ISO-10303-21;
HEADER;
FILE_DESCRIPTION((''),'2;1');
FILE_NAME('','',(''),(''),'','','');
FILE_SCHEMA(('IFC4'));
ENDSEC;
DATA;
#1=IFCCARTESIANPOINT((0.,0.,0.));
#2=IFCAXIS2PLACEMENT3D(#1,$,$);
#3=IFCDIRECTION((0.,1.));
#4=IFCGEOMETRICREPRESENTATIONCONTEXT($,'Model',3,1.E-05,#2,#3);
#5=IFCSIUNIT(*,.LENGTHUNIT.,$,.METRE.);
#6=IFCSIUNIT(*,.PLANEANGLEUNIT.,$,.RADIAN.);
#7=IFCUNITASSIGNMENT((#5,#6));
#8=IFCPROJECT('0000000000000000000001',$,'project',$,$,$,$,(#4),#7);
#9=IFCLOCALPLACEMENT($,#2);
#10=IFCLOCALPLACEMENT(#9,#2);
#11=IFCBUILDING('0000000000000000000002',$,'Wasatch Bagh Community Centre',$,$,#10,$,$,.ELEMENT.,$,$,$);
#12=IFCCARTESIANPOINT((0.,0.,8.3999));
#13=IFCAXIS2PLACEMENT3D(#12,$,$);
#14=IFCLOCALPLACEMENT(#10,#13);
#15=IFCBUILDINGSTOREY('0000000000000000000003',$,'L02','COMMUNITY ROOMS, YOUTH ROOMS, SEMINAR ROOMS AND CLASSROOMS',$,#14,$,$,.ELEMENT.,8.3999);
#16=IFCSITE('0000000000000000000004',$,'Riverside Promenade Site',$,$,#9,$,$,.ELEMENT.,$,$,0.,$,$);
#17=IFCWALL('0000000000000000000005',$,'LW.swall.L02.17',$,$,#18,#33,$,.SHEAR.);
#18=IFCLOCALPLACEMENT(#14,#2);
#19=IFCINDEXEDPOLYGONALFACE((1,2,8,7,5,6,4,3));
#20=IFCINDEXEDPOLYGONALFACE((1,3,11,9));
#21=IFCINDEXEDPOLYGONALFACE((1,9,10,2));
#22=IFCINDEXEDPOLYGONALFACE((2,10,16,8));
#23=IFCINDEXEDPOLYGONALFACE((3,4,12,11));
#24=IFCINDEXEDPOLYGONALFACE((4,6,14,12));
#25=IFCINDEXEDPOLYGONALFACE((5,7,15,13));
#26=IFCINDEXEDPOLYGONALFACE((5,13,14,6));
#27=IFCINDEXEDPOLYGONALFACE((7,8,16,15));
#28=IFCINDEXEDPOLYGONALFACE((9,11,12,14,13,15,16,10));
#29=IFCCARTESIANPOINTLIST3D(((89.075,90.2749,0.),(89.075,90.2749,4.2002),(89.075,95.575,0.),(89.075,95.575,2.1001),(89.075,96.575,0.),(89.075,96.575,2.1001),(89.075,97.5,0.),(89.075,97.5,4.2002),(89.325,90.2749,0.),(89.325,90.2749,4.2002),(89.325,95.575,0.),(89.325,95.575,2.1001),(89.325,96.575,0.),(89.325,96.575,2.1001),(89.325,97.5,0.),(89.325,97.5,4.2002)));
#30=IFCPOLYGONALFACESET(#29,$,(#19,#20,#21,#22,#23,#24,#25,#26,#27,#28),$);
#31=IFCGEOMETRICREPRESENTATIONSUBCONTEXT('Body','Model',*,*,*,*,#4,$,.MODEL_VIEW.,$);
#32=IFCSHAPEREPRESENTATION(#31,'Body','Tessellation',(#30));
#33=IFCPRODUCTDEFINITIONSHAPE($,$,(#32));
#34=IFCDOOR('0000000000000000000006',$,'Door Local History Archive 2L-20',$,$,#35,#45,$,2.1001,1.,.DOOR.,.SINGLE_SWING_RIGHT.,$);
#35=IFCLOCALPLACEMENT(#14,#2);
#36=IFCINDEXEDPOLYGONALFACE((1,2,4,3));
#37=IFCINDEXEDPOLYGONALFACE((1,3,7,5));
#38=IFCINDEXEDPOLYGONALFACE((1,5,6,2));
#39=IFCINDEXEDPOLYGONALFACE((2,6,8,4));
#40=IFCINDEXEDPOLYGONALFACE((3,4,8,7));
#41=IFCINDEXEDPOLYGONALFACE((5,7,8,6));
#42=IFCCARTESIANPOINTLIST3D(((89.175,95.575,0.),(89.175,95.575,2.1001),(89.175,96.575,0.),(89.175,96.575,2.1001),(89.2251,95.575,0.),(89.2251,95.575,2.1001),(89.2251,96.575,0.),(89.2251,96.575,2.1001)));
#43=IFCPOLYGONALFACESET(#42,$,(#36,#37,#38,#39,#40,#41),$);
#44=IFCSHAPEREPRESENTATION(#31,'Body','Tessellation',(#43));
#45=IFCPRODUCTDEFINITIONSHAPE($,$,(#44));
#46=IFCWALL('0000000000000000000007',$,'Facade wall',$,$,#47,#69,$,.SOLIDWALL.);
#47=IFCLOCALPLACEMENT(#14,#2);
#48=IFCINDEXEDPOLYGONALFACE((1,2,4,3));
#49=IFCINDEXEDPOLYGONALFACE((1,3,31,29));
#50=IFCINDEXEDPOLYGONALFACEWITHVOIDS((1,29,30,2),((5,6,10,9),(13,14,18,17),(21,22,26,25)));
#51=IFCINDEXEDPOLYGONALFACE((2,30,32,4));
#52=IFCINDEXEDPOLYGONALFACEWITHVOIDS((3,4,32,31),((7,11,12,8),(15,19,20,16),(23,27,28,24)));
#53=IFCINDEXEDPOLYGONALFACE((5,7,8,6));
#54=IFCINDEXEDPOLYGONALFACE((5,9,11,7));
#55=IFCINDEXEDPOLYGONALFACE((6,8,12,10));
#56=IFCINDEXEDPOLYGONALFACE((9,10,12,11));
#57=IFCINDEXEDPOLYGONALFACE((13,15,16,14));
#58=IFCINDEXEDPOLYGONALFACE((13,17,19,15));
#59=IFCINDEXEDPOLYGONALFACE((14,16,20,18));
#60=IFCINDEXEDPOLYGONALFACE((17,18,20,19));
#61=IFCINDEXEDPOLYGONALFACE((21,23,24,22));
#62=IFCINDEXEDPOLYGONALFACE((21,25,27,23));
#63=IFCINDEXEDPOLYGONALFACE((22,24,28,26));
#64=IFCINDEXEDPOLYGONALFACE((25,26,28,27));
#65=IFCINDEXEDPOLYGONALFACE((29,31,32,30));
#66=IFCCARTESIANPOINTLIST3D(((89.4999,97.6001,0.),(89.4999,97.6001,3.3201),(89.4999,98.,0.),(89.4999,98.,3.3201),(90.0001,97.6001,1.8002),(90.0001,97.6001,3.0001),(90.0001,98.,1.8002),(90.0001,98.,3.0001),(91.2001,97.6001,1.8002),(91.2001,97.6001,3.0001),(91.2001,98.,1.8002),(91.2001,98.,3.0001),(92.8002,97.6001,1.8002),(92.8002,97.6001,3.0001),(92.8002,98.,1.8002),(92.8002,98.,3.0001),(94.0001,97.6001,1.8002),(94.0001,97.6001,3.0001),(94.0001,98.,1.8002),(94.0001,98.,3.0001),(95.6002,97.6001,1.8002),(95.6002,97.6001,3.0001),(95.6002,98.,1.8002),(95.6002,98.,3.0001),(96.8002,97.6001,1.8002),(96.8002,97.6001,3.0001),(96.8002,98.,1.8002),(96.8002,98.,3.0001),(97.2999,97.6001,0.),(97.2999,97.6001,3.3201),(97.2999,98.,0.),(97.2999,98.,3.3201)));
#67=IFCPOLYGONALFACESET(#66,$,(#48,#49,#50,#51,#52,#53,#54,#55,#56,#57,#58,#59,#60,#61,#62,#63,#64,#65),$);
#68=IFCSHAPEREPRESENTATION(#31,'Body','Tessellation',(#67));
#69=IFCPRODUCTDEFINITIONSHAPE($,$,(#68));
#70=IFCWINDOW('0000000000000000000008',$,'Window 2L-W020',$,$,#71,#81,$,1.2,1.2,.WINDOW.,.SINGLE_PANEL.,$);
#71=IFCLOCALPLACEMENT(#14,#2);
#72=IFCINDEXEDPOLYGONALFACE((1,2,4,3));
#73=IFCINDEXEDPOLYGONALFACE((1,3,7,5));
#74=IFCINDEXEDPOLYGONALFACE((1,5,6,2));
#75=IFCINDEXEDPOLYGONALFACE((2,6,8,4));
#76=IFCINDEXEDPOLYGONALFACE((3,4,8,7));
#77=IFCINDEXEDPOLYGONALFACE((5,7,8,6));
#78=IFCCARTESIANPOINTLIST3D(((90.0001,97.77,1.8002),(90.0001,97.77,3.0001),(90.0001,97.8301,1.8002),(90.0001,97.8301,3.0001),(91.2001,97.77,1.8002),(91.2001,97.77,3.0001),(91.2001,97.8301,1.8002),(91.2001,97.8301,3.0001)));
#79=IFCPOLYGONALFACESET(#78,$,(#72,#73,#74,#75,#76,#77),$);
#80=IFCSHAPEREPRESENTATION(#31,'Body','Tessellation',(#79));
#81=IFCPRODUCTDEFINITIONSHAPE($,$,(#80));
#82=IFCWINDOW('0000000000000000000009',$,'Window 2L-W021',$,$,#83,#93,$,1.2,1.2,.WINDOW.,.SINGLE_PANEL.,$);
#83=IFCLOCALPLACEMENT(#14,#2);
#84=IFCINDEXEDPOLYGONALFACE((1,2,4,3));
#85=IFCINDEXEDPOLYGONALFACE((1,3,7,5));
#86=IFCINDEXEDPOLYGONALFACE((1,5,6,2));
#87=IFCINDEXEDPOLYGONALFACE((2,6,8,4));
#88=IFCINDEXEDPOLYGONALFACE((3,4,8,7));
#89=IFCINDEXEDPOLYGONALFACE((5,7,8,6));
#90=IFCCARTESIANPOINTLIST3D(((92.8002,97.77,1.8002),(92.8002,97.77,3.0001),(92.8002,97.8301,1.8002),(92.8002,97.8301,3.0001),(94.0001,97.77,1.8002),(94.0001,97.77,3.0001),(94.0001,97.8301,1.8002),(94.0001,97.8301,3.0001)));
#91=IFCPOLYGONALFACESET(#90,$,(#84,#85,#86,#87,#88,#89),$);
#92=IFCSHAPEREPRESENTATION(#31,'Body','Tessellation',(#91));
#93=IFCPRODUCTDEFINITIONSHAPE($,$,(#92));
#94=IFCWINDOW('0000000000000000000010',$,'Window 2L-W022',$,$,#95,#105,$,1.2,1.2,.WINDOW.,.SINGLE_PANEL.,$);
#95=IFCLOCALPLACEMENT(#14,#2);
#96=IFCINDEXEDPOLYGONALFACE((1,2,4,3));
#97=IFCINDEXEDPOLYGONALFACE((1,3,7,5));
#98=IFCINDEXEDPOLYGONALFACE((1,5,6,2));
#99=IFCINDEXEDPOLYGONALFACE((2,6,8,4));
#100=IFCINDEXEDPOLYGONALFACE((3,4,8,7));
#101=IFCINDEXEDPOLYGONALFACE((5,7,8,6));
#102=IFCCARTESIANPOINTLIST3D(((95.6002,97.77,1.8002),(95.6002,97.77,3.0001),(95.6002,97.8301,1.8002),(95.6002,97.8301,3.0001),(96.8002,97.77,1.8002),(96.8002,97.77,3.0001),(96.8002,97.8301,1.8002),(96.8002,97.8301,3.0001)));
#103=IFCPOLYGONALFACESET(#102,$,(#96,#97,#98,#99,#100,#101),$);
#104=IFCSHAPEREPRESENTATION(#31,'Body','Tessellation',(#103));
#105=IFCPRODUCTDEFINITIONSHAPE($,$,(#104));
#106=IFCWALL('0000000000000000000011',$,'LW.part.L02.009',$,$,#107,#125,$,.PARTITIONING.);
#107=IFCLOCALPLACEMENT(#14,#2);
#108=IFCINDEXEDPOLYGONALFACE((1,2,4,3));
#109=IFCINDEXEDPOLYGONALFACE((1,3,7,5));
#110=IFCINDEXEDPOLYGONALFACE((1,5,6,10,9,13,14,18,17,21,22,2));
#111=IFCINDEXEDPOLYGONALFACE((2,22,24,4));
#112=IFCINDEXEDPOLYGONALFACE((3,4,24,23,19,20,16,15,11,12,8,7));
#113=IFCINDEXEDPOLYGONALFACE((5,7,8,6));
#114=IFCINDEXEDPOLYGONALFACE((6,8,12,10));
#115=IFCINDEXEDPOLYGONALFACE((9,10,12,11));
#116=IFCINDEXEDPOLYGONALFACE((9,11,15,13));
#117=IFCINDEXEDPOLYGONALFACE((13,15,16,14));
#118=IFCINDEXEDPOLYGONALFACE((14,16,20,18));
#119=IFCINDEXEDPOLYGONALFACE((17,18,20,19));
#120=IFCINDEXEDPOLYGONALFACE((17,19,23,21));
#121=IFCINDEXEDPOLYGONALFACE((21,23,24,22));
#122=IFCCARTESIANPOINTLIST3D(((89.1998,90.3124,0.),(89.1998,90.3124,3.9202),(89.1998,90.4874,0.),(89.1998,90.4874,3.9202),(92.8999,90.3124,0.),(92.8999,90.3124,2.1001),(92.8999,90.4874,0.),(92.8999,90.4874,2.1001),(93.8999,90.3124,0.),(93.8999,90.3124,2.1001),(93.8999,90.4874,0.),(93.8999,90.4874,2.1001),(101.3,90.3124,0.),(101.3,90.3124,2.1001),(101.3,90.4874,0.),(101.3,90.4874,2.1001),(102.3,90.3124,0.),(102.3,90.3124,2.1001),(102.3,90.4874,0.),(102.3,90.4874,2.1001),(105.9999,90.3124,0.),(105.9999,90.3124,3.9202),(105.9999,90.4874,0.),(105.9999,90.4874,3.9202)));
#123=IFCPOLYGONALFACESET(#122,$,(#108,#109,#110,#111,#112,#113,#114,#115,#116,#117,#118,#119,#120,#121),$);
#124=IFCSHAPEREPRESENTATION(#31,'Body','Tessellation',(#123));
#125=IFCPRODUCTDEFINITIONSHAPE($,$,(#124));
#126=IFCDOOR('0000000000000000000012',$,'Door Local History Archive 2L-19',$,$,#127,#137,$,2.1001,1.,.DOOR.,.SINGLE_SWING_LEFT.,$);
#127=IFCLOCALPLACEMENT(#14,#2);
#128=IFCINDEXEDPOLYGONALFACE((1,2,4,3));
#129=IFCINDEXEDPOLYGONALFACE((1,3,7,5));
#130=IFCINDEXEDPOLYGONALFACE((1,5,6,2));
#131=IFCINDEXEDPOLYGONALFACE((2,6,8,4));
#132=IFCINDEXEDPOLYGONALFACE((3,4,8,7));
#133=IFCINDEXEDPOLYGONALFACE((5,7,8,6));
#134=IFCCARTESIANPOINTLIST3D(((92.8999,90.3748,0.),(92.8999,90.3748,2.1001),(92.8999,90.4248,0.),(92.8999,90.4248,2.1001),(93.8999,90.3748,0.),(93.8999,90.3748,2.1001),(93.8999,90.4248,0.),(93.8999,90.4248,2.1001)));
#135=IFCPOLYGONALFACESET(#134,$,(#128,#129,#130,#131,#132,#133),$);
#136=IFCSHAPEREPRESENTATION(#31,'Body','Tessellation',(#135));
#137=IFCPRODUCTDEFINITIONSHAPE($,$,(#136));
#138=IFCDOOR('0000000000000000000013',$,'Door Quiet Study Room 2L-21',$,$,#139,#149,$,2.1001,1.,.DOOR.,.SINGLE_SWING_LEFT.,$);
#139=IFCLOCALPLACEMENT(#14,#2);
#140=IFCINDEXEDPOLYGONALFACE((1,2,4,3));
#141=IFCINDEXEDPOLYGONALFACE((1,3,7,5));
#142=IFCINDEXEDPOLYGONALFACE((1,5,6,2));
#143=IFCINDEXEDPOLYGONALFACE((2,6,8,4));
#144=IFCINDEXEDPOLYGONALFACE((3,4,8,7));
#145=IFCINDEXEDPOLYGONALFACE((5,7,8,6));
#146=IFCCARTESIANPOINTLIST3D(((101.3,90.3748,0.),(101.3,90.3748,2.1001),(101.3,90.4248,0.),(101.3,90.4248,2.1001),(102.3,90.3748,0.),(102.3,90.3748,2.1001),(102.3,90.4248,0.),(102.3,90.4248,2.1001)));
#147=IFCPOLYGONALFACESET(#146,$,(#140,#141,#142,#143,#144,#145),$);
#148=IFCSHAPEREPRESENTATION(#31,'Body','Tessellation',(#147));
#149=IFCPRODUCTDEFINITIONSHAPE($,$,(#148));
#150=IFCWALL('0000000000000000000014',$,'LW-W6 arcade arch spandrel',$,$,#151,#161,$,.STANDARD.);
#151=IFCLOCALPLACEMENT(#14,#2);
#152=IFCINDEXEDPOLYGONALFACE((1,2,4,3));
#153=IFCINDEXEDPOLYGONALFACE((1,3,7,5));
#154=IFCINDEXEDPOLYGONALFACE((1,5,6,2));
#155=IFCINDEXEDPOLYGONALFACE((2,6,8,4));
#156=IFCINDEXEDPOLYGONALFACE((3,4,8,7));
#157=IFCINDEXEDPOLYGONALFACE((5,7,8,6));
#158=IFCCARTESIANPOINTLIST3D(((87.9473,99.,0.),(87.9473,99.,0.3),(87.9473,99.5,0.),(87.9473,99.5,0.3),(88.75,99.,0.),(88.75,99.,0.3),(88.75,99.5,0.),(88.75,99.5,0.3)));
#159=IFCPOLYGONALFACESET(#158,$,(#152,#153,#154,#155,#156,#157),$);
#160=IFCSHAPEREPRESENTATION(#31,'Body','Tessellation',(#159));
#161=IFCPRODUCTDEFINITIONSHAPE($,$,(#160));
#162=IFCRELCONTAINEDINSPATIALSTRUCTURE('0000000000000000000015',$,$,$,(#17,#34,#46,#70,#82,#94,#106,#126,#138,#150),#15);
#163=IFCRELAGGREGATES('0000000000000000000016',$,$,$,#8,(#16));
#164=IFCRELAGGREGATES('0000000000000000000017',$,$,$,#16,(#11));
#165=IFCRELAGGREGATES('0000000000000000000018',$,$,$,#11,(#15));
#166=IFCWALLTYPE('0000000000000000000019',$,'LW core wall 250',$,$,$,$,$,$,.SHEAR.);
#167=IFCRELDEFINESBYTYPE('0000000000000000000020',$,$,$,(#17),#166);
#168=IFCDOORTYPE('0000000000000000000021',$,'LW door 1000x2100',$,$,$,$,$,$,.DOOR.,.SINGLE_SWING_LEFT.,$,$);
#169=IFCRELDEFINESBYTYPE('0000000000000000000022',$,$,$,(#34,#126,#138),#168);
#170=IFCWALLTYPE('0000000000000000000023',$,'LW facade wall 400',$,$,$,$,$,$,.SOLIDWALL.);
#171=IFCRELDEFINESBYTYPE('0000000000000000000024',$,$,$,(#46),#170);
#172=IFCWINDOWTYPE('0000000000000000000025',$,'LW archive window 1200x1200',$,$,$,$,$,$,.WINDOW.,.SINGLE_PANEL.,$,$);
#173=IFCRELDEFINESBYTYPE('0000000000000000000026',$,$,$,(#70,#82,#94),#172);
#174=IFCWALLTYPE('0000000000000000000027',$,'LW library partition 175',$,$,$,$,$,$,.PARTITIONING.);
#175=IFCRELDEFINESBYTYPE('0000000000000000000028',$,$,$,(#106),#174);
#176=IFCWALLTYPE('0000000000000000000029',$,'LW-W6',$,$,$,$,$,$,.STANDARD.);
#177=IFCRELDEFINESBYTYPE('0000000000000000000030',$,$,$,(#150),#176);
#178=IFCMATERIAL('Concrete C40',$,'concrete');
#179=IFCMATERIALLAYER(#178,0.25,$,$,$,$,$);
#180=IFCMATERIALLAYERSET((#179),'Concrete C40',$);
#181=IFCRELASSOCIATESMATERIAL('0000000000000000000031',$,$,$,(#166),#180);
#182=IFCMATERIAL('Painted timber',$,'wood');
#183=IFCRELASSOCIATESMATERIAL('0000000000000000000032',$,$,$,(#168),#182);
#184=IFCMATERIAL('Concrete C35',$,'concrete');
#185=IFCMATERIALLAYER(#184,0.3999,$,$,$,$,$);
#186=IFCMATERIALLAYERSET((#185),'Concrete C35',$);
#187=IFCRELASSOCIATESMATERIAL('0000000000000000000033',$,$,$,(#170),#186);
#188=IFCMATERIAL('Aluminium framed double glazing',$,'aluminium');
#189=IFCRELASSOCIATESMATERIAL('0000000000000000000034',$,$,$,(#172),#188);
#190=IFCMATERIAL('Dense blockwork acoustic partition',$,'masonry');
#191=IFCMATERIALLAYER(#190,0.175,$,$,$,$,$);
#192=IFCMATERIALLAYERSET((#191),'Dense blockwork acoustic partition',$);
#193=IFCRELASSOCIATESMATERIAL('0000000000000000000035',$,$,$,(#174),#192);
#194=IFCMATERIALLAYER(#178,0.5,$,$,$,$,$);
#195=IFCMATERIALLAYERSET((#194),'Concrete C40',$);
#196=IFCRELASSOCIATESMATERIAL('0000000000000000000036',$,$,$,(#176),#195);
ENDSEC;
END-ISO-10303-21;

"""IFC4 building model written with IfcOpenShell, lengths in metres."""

from ifc_helpers import new_model, si_unit, direction, frame, frame_2d, origin, place, context, subcontext, project, spatial, rectangle, extrude, material, layer, layer_set, type_object, element, fill, save


model = new_model("IFC4")

# Units and contexts
model_context = context("Model", 3, precision=1e-05, world=origin(), true_north=direction((0.0, 1.0)))
body_context = subcontext(model_context, "Body", "Model", "MODEL_VIEW")
ifc_project = project(units=[si_unit("LENGTHUNIT", "METRE"), si_unit("PLANEANGLEUNIT", "RADIAN")], contexts=[model_context])

# Site, building, storey
site_placement = place(None, origin())
site = spatial("IfcSite", under=ifc_project, at=site_placement, Name="Riverside Promenade Site", CompositionType="ELEMENT", RefElevation=0.0)
building_placement = place(site_placement, origin())
building = spatial("IfcBuilding", under=site, at=building_placement, Name="Wasatch Bagh Community Centre", CompositionType="ELEMENT")
storey_placement = place(building_placement, frame((0.0, 0.0, 8.3999)))
storey = spatial("IfcBuildingStorey", under=building, at=storey_placement, Name="L02", Description="COMMUNITY ROOMS, YOUTH ROOMS, SEMINAR ROOMS AND CLASSROOMS", CompositionType="ELEMENT", Elevation=8.3999)

# Shared definitions
ifc_material_1 = material(Name="Concrete C40", Category="concrete")

# Shared definitions
ifc_material_2 = material(Name="Concrete C35", Category="concrete")

# Wall, opening, door
ifc_layer_1 = layer(ifc_material_1, 0.25)
ifc_layer_set_1 = layer_set([ifc_layer_1], Name="Concrete C40")
wall_type_1 = type_object("IfcWallType", Name="LW core wall 250", PredefinedType="SHEAR", material=ifc_layer_set_1)
wall_1_placement = place(storey_placement, frame((89.2, 90.2749, 0.0), z_axis=(0.0, 0.0, 1.0), x_axis=(0.0, 1.0, 0.0)))
wall_1 = element("IfcWall", 1, at=wall_1_placement, inside=storey, type_object=wall_type_1, Name="LW.swall.L02.17", PredefinedType="SHEAR", context=body_context, shape_type="SweptSolid", body=[
    extrude(rectangle(XDim=7.2251, YDim=0.25, at=frame_2d((3.6125, 0.0))), origin(), (0.0, 0.0, 1.0), 4.2002),
])
opening_1_placement = place(wall_1_placement, frame((5.3, 0.0, 0.0)))
opening_1 = element("IfcOpeningElement", 2, at=opening_1_placement, cuts=wall_1, PredefinedType="OPENING", context=body_context, shape_type="SweptSolid", body=[
    extrude(rectangle(XDim=1.0, YDim=2.1001, at=frame_2d((0.5, 1.05))), frame((0.0, 0.135, 0.0), z_axis=(0.0, -1.0, 0.0), x_axis=(1.0, 0.0, 0.0)), (0.0, 0.0, 1.0), 0.27),
])
ifc_material_3 = material(Name="Painted timber", Category="wood")
door_type = type_object("IfcDoorType", Name="LW door 1000x2100", OperationType="SINGLE_SWING_LEFT", PredefinedType="DOOR", material=ifc_material_3)
door_1_placement = place(opening_1_placement, origin())
door_1 = element("IfcDoor", 3, at=door_1_placement, inside=storey, type_object=door_type, Name="Door Local History Archive 2L-20", OperationType="SINGLE_SWING_RIGHT", OverallHeight=2.1001, OverallWidth=1.0, PredefinedType="DOOR", context=body_context, shape_type="SweptSolid", body=[
    extrude(rectangle(XDim=1.0, YDim=2.1001, at=frame_2d((0.5, 1.05))), frame((0.0, 0.0249, 0.0), z_axis=(0.0, -1.0, 0.0), x_axis=(1.0, 0.0, 0.0)), (0.0, 0.0, 1.0), 0.05),
])
fill(opening_1, door_1)

# Wall, openings, windows
ifc_layer_2 = layer(ifc_material_2, 0.3999)
ifc_layer_set_2 = layer_set([ifc_layer_2], Name="Concrete C35")
wall_type_2 = type_object("IfcWallType", Name="LW facade wall 400", PredefinedType="SOLIDWALL", material=ifc_layer_set_2)
wall_2_placement = place(storey_placement, frame((89.5, 97.8, 0.0), z_axis=(0.0, 0.0, 1.0), x_axis=(1.0, 0.0, 0.0)))
wall_2 = element("IfcWall", 4, at=wall_2_placement, inside=storey, type_object=wall_type_2, Name="Facade wall", PredefinedType="SOLIDWALL", context=body_context, shape_type="SweptSolid", body=[
    extrude(rectangle(XDim=7.8, YDim=0.3999, at=frame_2d((3.8999, 0.0))), origin(), (0.0, 0.0, 1.0), 3.3201),
])
opening_2_placement = place(wall_2_placement, frame((0.5, 0.0, 1.8)))
opening_2 = element("IfcOpeningElement", 5, at=opening_2_placement, cuts=wall_2, PredefinedType="OPENING", context=body_context, shape_type="SweptSolid", body=[
    extrude(rectangle(XDim=1.2, YDim=1.2, at=frame_2d((0.6001, 0.6001))), frame((0.0, 0.21, 0.0), z_axis=(0.0, -1.0, 0.0), x_axis=(1.0, 0.0, 0.0)), (0.0, 0.0, 1.0), 0.4199),
])
opening_3_placement = place(wall_2_placement, frame((3.3, 0.0, 1.8)))
opening_3 = element("IfcOpeningElement", 6, at=opening_3_placement, cuts=wall_2, PredefinedType="OPENING", context=body_context, shape_type="SweptSolid", body=[
    extrude(rectangle(XDim=1.2, YDim=1.2, at=frame_2d((0.6001, 0.6001))), frame((0.0, 0.21, 0.0), z_axis=(0.0, -1.0, 0.0), x_axis=(1.0, 0.0, 0.0)), (0.0, 0.0, 1.0), 0.4199),
])
opening_4_placement = place(wall_2_placement, frame((6.1001, 0.0, 1.8)))
opening_4 = element("IfcOpeningElement", 7, at=opening_4_placement, cuts=wall_2, PredefinedType="OPENING", context=body_context, shape_type="SweptSolid", body=[
    extrude(rectangle(XDim=1.2, YDim=1.2, at=frame_2d((0.6001, 0.6001))), frame((0.0, 0.21, 0.0), z_axis=(0.0, -1.0, 0.0), x_axis=(1.0, 0.0, 0.0)), (0.0, 0.0, 1.0), 0.4199),
])
ifc_material_4 = material(Name="Aluminium framed double glazing", Category="aluminium")
window_type = type_object("IfcWindowType", Name="LW archive window 1200x1200", PartitioningType="SINGLE_PANEL", PredefinedType="WINDOW", material=ifc_material_4)
window_1_placement = place(opening_2_placement, origin())
window_1 = element("IfcWindow", 8, at=window_1_placement, inside=storey, type_object=window_type, Name="Window 2L-W020", OverallHeight=1.2, OverallWidth=1.2, PartitioningType="SINGLE_PANEL", PredefinedType="WINDOW", context=body_context, shape_type="SweptSolid", body=[
    extrude(rectangle(XDim=1.2, YDim=1.2, at=frame_2d((0.6001, 0.6001))), frame((0.0, 0.03, 0.0), z_axis=(0.0, -1.0, 0.0), x_axis=(1.0, 0.0, 0.0)), (0.0, 0.0, 1.0), 0.0601),
])
fill(opening_2, window_1)
window_2_placement = place(opening_3_placement, origin())
window_2 = element("IfcWindow", 9, at=window_2_placement, inside=storey, type_object=window_type, Name="Window 2L-W021", OverallHeight=1.2, OverallWidth=1.2, PartitioningType="SINGLE_PANEL", PredefinedType="WINDOW", context=body_context, shape_type="SweptSolid", body=[
    extrude(rectangle(XDim=1.2, YDim=1.2, at=frame_2d((0.6001, 0.6001))), frame((0.0, 0.03, 0.0), z_axis=(0.0, -1.0, 0.0), x_axis=(1.0, 0.0, 0.0)), (0.0, 0.0, 1.0), 0.0601),
])
fill(opening_3, window_2)
window_3_placement = place(opening_4_placement, origin())
window_3 = element("IfcWindow", 10, at=window_3_placement, inside=storey, type_object=window_type, Name="Window 2L-W022", OverallHeight=1.2, OverallWidth=1.2, PartitioningType="SINGLE_PANEL", PredefinedType="WINDOW", context=body_context, shape_type="SweptSolid", body=[
    extrude(rectangle(XDim=1.2, YDim=1.2, at=frame_2d((0.6001, 0.6001))), frame((0.0, 0.03, 0.0), z_axis=(0.0, -1.0, 0.0), x_axis=(1.0, 0.0, 0.0)), (0.0, 0.0, 1.0), 0.0601),
])
fill(opening_4, window_3)

# Wall, openings, doors
ifc_material_5 = material(Name="Dense blockwork acoustic partition", Category="masonry")
ifc_layer_3 = layer(ifc_material_5, 0.175)
ifc_layer_set_3 = layer_set([ifc_layer_3], Name="Dense blockwork acoustic partition")
wall_type_3 = type_object("IfcWallType", Name="LW library partition 175", PredefinedType="PARTITIONING", material=ifc_layer_set_3)
wall_3_placement = place(storey_placement, frame((89.2, 90.3999, 0.0), z_axis=(0.0, 0.0, 1.0), x_axis=(1.0, 0.0, 0.0)))
wall_3 = element("IfcWall", 11, at=wall_3_placement, inside=storey, type_object=wall_type_3, Name="LW.part.L02.009", PredefinedType="PARTITIONING", context=body_context, shape_type="SweptSolid", body=[
    extrude(rectangle(XDim=16.8, YDim=0.175, at=frame_2d((8.3999, 0.0))), origin(), (0.0, 0.0, 1.0), 3.9202),
])
opening_5_placement = place(wall_3_placement, frame((3.7, 0.0, 0.0)))
opening_5 = element("IfcOpeningElement", 12, at=opening_5_placement, cuts=wall_3, PredefinedType="OPENING", context=body_context, shape_type="SweptSolid", body=[
    extrude(rectangle(XDim=1.0, YDim=2.1001, at=frame_2d((0.5, 1.05))), frame((0.0, 0.0974, 0.0), z_axis=(0.0, -1.0, 0.0), x_axis=(1.0, 0.0, 0.0)), (0.0, 0.0, 1.0), 0.1951),
])
opening_6_placement = place(wall_3_placement, frame((12.1001, 0.0, 0.0)))
opening_6 = element("IfcOpeningElement", 13, at=opening_6_placement, cuts=wall_3, PredefinedType="OPENING", context=body_context, shape_type="SweptSolid", body=[
    extrude(rectangle(XDim=1.0, YDim=2.1001, at=frame_2d((0.5, 1.05))), frame((0.0, 0.0974, 0.0), z_axis=(0.0, -1.0, 0.0), x_axis=(1.0, 0.0, 0.0)), (0.0, 0.0, 1.0), 0.1951),
])
door_2_placement = place(opening_5_placement, origin())
door_2 = element("IfcDoor", 14, at=door_2_placement, inside=storey, type_object=door_type, Name="Door Local History Archive 2L-19", OperationType="SINGLE_SWING_LEFT", OverallHeight=2.1001, OverallWidth=1.0, PredefinedType="DOOR", context=body_context, shape_type="SweptSolid", body=[
    extrude(rectangle(XDim=1.0, YDim=2.1001, at=frame_2d((0.5, 1.05))), frame((0.0, 0.0249, 0.0), z_axis=(0.0, -1.0, 0.0), x_axis=(1.0, 0.0, 0.0)), (0.0, 0.0, 1.0), 0.05),
])
fill(opening_5, door_2)
door_3_placement = place(opening_6_placement, origin())
door_3 = element("IfcDoor", 15, at=door_3_placement, inside=storey, type_object=door_type, Name="Door Quiet Study Room 2L-21", OperationType="SINGLE_SWING_LEFT", OverallHeight=2.1001, OverallWidth=1.0, PredefinedType="DOOR", context=body_context, shape_type="SweptSolid", body=[
    extrude(rectangle(XDim=1.0, YDim=2.1001, at=frame_2d((0.5, 1.05))), frame((0.0, 0.0249, 0.0), z_axis=(0.0, -1.0, 0.0), x_axis=(1.0, 0.0, 0.0)), (0.0, 0.0, 1.0), 0.05),
])
fill(opening_6, door_3)

# Wall
ifc_layer_4 = layer(ifc_material_1, 0.5)
ifc_layer_set_4 = layer_set([ifc_layer_4], Name="Concrete C40")
wall_type_4 = type_object("IfcWallType", Name="LW-W6", PredefinedType="STANDARD", material=ifc_layer_set_4)
wall_4_placement = place(storey_placement, frame((88.75, 99.25, 0.0), z_axis=(0.0, 0.0, 1.0), x_axis=(-1.0, 0.0, 0.0)))
element("IfcWall", 16, at=wall_4_placement, inside=storey, type_object=wall_type_4, Name="LW-W6 arcade arch spandrel", PredefinedType="STANDARD", context=body_context, shape_type="SweptSolid", body=[
    extrude(rectangle(XDim=0.8027, YDim=0.5, at=frame_2d((0.4014, 0.0))), origin(), (0.0, 0.0, 1.0), 0.3),
])

save(model, "model.ifc")
